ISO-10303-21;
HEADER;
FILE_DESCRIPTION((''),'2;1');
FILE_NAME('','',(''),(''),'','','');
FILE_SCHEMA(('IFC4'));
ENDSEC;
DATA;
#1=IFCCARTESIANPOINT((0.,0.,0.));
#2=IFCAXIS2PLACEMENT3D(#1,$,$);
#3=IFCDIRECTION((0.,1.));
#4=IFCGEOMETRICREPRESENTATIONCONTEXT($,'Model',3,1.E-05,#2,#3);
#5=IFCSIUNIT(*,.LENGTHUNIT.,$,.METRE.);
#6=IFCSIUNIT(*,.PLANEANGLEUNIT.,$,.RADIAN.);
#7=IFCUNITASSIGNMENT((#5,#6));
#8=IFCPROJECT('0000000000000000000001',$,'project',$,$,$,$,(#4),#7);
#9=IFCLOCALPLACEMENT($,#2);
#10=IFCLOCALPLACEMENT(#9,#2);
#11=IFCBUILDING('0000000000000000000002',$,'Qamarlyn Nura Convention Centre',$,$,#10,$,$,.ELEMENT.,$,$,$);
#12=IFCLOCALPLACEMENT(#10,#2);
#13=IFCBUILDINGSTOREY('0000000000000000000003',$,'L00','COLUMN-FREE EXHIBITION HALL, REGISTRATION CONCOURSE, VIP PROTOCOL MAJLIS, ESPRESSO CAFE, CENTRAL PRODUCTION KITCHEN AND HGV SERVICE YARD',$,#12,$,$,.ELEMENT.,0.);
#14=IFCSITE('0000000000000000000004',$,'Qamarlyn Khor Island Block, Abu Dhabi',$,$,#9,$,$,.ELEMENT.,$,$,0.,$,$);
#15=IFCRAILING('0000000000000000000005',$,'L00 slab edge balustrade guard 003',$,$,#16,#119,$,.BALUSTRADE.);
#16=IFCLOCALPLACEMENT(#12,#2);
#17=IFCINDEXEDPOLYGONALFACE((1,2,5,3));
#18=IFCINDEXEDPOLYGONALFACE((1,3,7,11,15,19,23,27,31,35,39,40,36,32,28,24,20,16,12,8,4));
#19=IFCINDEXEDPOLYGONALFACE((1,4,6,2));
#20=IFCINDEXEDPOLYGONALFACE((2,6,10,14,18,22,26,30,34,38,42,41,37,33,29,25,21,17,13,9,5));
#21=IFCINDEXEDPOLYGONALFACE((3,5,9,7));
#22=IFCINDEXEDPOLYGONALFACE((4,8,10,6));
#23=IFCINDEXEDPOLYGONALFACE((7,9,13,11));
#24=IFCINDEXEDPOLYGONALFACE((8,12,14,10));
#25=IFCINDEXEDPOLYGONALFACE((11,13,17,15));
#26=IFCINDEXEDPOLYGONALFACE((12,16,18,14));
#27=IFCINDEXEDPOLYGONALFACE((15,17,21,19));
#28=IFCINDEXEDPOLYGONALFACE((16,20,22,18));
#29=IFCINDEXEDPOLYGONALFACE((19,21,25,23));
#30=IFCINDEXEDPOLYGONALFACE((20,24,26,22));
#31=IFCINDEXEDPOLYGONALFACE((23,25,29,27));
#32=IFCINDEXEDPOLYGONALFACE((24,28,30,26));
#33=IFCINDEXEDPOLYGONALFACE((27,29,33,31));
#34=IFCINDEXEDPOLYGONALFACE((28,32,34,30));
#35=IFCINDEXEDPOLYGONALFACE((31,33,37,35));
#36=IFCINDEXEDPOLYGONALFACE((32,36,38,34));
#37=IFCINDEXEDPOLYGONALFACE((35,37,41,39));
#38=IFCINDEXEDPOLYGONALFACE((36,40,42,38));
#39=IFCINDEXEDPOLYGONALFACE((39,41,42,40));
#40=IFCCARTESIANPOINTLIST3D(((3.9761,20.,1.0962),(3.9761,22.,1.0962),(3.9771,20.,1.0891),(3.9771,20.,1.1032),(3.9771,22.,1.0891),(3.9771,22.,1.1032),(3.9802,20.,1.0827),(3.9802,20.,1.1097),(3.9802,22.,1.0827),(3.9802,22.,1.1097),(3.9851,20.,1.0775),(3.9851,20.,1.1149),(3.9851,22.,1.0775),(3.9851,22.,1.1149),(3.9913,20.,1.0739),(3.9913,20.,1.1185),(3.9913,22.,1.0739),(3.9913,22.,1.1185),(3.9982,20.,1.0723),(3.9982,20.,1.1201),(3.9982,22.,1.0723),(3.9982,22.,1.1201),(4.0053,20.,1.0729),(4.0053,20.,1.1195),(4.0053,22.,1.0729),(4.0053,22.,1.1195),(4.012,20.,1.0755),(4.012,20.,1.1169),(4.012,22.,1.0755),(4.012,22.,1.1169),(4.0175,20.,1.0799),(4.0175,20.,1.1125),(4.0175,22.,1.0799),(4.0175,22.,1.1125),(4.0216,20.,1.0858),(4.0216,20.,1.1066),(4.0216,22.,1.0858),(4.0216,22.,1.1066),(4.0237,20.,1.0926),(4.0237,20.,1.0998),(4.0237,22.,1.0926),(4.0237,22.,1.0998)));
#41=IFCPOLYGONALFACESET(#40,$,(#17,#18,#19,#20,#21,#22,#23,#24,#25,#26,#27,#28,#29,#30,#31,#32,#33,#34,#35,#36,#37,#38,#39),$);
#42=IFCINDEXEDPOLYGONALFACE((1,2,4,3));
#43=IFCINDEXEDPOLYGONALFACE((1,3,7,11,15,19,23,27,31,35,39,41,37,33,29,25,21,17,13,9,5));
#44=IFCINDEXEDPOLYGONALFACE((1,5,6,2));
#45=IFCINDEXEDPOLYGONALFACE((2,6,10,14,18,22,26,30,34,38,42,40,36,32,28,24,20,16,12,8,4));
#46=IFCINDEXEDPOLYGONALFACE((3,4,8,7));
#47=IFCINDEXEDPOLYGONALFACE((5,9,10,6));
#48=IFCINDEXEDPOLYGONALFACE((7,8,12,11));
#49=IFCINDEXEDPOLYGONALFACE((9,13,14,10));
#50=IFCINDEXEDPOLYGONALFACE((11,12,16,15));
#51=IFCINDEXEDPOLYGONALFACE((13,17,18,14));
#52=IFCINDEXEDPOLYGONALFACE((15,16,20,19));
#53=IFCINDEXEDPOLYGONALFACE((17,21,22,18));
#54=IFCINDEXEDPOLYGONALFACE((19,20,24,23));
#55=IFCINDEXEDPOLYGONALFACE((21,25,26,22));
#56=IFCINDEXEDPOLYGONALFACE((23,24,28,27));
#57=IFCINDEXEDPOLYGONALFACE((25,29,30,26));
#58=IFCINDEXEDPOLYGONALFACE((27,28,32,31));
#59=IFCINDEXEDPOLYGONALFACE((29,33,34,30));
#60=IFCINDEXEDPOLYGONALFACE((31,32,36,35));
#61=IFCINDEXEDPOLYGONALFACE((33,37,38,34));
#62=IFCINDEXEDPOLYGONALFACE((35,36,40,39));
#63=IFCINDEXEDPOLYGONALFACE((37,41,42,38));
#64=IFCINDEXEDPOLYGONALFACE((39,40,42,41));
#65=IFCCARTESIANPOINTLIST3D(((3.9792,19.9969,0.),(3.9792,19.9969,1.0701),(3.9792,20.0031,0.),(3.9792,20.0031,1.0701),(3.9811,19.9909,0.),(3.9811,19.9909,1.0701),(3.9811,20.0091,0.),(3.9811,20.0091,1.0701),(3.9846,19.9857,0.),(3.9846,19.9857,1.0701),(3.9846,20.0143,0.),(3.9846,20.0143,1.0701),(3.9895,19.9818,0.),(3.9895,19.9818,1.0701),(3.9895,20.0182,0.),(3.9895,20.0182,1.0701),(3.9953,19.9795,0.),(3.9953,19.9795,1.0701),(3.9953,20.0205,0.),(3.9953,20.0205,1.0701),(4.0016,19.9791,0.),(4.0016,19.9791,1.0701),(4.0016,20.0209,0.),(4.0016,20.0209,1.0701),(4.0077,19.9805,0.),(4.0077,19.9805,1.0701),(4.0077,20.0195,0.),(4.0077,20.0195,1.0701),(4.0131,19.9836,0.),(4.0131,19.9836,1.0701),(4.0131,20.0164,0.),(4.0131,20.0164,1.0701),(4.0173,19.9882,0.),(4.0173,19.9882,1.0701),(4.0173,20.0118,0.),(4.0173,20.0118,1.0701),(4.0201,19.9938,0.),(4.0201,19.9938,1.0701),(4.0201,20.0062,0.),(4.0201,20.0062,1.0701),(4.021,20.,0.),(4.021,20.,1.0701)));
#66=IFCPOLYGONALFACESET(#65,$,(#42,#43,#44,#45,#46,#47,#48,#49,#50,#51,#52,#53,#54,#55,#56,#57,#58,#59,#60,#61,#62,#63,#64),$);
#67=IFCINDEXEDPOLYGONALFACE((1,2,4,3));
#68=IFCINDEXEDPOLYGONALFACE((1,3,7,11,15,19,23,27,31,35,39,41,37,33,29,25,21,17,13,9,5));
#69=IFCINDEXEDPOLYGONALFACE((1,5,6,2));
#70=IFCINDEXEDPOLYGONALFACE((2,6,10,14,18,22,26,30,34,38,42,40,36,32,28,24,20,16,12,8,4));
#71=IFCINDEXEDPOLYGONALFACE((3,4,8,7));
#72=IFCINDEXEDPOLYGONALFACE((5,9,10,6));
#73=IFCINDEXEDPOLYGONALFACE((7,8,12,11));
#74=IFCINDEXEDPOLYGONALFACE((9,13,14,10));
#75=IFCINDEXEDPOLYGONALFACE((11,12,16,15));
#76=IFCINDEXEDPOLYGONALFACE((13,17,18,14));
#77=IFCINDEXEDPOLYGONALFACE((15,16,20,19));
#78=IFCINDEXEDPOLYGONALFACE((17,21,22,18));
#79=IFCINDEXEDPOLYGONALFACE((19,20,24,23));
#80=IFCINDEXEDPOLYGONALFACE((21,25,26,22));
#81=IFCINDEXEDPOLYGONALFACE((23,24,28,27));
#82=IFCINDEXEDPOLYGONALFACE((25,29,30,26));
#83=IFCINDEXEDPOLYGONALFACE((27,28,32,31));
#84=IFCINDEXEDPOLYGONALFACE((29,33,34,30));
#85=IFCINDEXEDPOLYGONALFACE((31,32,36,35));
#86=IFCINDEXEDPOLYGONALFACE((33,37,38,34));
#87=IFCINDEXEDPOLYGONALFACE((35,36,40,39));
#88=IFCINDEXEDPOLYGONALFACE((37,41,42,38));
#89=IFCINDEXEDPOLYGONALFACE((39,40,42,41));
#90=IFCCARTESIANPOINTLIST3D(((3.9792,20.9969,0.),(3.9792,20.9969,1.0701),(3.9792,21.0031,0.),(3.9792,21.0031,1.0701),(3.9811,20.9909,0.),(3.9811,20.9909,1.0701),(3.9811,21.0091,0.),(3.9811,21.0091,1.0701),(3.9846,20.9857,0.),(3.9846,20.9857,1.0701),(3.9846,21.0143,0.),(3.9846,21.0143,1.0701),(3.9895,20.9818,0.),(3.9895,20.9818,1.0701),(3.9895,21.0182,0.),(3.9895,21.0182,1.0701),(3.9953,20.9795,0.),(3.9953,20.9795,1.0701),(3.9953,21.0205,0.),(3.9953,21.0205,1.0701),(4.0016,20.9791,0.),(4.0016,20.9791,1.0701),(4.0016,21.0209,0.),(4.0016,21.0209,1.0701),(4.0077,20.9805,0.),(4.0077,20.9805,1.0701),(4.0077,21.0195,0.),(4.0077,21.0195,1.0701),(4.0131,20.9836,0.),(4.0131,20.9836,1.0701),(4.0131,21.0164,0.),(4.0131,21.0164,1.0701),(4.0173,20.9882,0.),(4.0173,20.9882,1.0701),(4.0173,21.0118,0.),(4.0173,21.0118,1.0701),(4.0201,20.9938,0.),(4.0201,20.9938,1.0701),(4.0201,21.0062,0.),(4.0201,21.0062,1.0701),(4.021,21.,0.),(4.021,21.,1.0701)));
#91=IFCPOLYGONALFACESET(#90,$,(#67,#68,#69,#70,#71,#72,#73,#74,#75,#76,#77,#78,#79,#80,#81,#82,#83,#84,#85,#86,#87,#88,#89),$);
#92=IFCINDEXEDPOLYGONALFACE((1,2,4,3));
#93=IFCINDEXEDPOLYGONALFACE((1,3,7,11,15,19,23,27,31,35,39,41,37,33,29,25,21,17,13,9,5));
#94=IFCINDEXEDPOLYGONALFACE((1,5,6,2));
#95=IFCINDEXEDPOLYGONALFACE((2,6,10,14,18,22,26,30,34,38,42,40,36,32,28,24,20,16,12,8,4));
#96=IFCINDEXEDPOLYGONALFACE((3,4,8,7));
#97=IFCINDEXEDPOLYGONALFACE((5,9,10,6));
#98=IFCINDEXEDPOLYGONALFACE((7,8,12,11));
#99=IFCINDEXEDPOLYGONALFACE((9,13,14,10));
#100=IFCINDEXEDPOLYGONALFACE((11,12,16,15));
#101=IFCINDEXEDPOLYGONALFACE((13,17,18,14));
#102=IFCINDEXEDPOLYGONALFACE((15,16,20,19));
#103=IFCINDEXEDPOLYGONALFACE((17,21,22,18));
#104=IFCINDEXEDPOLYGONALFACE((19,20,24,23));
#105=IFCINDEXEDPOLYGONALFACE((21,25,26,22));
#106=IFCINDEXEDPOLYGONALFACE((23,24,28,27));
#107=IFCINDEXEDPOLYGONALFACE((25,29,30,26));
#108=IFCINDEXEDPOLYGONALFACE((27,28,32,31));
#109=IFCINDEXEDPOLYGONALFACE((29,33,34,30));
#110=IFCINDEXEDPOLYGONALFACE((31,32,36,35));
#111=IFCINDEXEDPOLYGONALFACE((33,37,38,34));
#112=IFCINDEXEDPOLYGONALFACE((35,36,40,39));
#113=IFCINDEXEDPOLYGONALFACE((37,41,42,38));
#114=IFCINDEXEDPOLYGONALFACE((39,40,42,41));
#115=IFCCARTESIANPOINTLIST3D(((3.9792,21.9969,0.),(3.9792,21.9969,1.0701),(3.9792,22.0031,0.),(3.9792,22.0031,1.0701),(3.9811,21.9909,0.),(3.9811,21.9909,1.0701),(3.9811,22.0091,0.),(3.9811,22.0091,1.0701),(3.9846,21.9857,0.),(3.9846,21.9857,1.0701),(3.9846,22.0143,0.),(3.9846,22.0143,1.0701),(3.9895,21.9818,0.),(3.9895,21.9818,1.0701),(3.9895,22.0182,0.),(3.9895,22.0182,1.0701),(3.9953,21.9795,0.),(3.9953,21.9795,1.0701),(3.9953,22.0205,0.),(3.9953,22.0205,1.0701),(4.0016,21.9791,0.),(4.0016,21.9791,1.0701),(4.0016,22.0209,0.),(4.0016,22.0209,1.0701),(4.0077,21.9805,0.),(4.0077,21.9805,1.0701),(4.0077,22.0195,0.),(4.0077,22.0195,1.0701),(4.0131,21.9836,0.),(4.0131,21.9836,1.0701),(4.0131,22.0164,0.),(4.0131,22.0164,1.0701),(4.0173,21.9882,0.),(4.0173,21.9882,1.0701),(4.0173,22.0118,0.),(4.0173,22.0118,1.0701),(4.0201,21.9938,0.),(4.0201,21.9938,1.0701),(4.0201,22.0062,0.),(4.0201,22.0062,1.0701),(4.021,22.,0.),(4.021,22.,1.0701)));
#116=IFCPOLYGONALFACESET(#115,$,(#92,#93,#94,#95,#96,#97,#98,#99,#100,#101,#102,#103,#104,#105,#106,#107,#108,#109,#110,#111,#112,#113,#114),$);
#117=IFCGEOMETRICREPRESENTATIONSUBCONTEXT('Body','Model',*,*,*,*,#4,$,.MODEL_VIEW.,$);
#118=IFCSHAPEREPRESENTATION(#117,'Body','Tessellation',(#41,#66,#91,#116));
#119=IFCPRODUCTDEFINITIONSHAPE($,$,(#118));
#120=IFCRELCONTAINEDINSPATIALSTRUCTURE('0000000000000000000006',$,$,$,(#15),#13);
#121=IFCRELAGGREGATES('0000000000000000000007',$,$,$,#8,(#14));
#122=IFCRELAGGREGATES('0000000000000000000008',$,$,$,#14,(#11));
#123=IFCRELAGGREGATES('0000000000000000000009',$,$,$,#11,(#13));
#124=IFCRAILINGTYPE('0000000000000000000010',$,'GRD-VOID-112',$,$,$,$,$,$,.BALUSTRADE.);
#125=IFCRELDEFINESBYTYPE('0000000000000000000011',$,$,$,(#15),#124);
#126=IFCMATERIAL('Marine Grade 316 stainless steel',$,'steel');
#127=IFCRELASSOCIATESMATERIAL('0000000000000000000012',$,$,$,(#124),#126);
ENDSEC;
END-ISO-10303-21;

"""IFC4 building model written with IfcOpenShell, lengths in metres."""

from ifc_helpers import new_model, si_unit, direction, frame, origin, origin_2d, place, context, subcontext, project, spatial, circle, extrude, material, type_object, element, save


model = new_model("IFC4")

# Units and contexts
model_context = context("Model", 3, precision=1e-05, world=origin(), true_north=direction((0.0, 1.0)))
body_context = subcontext(model_context, "Body", "Model", "MODEL_VIEW")
ifc_project = project(units=[si_unit("LENGTHUNIT", "METRE"), si_unit("PLANEANGLEUNIT", "RADIAN")], contexts=[model_context])

# Site, building, storey
site_placement = place(None, origin())
site = spatial("IfcSite", under=ifc_project, at=site_placement, Name="Qamarlyn Khor Island Block, Abu Dhabi", CompositionType="ELEMENT", RefElevation=0.0)
building_placement = place(site_placement, origin())
building = spatial("IfcBuilding", under=site, at=building_placement, Name="Qamarlyn Nura Convention Centre", CompositionType="ELEMENT")
storey_placement = place(building_placement, origin())
storey = spatial("IfcBuildingStorey", under=building, at=storey_placement, Name="L00", Description="COLUMN-FREE EXHIBITION HALL, REGISTRATION CONCOURSE, VIP PROTOCOL MAJLIS, ESPRESSO CAFE, CENTRAL PRODUCTION KITCHEN AND HGV SERVICE YARD", CompositionType="ELEMENT", Elevation=0.0)

# Railing
ifc_material_1 = material(Name="Marine Grade 316 stainless steel", Category="steel")
railing_type = type_object("IfcRailingType", Name="GRD-VOID-112", PredefinedType="BALUSTRADE", material=ifc_material_1)
railing_1_placement = place(storey_placement, frame((4.0, 20.0, 0.0)))
element("IfcRailing", 1, at=railing_1_placement, inside=storey, type_object=railing_type, Name="L00 slab edge balustrade guard 003", PredefinedType="BALUSTRADE", context=body_context, shape_type="SweptSolid", body=[
    extrude(circle(Radius=0.0239, at=origin_2d()), frame((0.0, 0.0, 1.0962), z_axis=(0.0, 1.0, 0.0), x_axis=(-1.0, 0.0, 0.0)), (0.0, 0.0, 1.0), 2.0),
    extrude(circle(Radius=0.021, at=origin_2d()), origin(), (0.0, 0.0, 1.0), 1.0701),
    extrude(circle(Radius=0.021, at=origin_2d()), frame((0.0, 1.0, 0.0)), (0.0, 0.0, 1.0), 1.0701),
    extrude(circle(Radius=0.021, at=origin_2d()), frame((0.0, 2.0, 0.0)), (0.0, 0.0, 1.0), 1.0701),
])

save(model, "model.ifc")
